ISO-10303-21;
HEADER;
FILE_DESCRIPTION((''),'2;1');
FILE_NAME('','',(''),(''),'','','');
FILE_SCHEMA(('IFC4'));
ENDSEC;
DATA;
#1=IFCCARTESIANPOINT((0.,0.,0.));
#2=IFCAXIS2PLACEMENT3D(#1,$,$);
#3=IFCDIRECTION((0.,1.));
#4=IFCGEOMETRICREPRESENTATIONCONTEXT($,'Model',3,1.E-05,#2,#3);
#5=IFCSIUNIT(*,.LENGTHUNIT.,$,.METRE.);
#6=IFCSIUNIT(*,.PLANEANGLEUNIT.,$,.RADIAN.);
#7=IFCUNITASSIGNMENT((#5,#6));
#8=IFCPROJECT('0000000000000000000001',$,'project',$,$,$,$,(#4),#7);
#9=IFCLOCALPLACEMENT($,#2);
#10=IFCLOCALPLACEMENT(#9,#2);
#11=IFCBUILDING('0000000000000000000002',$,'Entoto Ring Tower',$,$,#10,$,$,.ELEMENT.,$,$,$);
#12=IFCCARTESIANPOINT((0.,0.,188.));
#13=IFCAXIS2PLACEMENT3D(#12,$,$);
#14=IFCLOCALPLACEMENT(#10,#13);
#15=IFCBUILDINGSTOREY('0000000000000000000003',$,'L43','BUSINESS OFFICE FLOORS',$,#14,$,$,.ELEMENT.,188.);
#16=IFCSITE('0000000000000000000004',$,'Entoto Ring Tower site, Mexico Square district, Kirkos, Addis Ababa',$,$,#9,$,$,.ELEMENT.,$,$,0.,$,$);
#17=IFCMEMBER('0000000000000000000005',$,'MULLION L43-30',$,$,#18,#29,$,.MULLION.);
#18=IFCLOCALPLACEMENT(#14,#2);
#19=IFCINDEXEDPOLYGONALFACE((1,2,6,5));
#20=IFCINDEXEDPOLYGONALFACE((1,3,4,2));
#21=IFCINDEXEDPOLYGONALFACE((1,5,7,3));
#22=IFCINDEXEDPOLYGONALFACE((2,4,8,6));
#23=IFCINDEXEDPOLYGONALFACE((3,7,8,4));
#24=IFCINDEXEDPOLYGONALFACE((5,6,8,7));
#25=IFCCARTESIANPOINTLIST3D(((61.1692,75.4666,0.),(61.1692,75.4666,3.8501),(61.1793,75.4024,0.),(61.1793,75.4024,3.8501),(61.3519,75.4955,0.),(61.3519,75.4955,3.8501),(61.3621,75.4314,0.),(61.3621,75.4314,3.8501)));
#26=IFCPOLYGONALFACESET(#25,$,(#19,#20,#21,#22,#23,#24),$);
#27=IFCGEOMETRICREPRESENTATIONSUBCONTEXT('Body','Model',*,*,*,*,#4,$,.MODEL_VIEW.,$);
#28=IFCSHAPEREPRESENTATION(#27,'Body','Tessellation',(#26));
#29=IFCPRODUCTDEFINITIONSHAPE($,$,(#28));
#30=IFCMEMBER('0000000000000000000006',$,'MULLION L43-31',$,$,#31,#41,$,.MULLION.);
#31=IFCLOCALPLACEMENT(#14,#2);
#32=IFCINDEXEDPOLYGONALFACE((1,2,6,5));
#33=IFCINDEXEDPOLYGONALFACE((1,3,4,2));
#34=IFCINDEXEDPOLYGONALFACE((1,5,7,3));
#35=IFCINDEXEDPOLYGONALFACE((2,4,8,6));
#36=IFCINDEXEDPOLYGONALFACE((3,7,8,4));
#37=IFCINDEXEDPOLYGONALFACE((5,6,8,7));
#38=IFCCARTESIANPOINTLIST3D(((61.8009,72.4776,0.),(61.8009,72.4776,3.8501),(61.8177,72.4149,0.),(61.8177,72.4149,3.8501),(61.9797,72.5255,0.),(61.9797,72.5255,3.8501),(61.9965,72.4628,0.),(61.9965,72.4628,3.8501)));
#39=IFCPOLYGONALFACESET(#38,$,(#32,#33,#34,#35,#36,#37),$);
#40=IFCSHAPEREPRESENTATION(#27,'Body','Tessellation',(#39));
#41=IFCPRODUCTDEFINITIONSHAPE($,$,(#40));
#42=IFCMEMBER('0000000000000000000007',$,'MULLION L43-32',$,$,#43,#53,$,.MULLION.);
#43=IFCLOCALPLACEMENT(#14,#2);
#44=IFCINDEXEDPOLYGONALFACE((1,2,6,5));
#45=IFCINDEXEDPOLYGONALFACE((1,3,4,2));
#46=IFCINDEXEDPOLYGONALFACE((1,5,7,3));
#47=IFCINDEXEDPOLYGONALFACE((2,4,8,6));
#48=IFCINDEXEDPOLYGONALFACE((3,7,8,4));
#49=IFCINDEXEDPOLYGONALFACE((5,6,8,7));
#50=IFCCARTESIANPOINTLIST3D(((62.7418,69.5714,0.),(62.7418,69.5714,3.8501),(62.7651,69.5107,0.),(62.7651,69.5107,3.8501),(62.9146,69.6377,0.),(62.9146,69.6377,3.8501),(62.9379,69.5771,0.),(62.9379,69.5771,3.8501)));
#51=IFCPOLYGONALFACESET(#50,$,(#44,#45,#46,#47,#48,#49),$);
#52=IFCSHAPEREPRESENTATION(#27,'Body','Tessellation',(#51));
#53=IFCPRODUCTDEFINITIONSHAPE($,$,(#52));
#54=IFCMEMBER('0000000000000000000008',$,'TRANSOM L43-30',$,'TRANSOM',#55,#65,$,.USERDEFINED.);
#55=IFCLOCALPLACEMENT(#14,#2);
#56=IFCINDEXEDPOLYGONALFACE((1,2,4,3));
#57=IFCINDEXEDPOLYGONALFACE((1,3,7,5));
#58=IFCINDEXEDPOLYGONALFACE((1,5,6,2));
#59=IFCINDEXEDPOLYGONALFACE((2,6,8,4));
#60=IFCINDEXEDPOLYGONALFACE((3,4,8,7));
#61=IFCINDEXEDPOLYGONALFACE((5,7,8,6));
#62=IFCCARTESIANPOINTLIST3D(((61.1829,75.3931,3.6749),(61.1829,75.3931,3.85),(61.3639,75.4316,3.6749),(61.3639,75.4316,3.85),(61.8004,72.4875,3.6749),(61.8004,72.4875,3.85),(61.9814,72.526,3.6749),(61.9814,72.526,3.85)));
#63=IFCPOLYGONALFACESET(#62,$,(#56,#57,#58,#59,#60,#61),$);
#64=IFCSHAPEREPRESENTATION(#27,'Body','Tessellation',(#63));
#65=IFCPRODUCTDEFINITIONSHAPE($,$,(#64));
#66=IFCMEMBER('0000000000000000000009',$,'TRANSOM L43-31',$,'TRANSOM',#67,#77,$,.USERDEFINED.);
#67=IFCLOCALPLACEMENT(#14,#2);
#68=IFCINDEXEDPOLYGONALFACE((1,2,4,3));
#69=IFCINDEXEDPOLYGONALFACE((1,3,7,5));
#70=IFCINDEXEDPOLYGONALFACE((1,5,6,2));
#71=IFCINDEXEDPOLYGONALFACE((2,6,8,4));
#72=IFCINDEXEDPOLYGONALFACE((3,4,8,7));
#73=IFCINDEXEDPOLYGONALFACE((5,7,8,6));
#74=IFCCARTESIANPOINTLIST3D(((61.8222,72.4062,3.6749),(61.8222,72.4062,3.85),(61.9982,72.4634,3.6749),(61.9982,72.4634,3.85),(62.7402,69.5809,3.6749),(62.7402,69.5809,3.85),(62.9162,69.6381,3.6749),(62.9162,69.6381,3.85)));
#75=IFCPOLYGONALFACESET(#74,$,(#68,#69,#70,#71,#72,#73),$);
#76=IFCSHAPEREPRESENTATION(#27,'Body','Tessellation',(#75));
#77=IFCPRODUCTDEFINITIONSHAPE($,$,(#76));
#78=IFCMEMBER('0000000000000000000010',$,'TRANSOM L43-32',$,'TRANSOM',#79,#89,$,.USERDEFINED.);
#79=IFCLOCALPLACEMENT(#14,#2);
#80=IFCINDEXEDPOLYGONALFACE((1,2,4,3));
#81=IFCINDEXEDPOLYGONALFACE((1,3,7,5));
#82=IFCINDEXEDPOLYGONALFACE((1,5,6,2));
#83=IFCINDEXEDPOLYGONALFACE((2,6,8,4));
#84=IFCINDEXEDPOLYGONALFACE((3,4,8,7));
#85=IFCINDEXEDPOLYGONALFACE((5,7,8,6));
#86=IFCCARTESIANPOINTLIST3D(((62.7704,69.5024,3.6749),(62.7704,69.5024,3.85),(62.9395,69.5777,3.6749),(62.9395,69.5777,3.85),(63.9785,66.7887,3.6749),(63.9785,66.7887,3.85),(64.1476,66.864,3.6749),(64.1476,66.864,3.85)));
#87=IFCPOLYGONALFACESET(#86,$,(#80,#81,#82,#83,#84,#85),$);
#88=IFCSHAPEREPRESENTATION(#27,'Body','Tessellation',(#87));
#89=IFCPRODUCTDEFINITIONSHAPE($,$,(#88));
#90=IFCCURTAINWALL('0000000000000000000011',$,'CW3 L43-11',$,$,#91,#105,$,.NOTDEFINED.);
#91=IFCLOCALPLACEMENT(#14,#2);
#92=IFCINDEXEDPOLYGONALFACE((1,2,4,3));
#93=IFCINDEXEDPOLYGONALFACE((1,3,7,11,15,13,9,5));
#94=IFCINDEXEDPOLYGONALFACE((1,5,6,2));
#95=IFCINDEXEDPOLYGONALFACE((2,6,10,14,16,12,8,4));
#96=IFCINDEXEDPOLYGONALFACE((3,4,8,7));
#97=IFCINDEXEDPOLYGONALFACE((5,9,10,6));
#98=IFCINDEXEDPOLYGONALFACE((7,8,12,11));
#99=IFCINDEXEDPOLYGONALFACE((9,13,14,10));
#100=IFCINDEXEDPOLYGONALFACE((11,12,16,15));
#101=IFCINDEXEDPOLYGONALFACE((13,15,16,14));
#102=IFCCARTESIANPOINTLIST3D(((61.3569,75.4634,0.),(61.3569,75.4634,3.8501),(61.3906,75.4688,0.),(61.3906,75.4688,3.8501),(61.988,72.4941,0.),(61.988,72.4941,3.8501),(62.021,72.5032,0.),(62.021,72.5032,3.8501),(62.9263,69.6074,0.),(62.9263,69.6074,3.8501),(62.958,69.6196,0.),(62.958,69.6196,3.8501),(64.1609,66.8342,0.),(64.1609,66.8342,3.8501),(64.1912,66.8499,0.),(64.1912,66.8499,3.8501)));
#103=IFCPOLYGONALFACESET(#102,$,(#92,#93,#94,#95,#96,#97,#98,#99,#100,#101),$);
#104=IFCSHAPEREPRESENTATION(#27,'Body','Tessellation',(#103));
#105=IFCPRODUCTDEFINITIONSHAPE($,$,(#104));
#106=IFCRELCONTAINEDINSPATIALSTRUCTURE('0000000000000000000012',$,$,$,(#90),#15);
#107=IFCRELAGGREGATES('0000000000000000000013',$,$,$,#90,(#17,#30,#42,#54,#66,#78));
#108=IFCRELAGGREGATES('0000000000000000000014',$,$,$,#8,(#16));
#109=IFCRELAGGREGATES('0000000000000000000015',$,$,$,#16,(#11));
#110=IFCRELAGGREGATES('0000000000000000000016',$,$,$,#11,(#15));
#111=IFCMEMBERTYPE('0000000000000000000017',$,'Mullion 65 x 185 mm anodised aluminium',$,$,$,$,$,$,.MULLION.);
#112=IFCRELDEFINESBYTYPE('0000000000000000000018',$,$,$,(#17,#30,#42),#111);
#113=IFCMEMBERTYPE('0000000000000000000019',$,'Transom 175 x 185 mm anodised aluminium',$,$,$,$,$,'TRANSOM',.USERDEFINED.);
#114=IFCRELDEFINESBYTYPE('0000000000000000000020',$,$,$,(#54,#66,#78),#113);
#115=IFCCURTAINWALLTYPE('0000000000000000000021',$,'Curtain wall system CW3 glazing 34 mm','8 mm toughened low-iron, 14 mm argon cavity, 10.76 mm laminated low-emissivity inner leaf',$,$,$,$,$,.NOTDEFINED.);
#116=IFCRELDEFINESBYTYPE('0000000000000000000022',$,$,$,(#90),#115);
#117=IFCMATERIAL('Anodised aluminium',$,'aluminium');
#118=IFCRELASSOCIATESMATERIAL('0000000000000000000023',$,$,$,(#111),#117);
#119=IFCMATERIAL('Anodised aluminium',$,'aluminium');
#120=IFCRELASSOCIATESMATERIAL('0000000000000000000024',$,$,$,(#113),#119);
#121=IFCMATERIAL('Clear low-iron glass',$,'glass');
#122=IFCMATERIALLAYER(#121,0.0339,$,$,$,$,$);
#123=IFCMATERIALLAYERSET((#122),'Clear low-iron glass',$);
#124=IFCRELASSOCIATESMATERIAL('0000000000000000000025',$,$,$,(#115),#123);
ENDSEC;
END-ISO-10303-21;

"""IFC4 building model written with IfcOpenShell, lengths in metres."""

from ifc_helpers import new_model, si_unit, direction, frame, origin, origin_2d, place, context, subcontext, project, spatial, polyline, rectangle, outline, extrude, material, layer, layer_set, material_profile, profile_set, type_object, element, aggregate, save


model = new_model("IFC4")

# Units and contexts
model_context = context("Model", 3, precision=1e-05, world=origin(), true_north=direction((0.0, 1.0)))
body_context = subcontext(model_context, "Body", "Model", "MODEL_VIEW")
ifc_project = project(units=[si_unit("LENGTHUNIT", "METRE"), si_unit("PLANEANGLEUNIT", "RADIAN")], contexts=[model_context])

# Members
ifc_material_1 = material(Name="Anodised aluminium", Category="aluminium")
ifc_material_profile_1 = material_profile(ifc_material_1, rectangle(XDim=0.0649, YDim=0.1851, at=origin_2d()), Name="Mullion 65 x 185 mm anodised aluminium")
ifc_profile_set_1 = profile_set([ifc_material_profile_1], Name="Anodised aluminium")
member_type_1 = type_object("IfcMemberType", Name="Mullion 65 x 185 mm anodised aluminium", PredefinedType="MULLION", material=ifc_profile_set_1)
site_placement = place(None, origin())
building_placement = place(site_placement, origin())
storey_placement = place(building_placement, frame((0.0, 0.0, 188.0)))
member_1_placement = place(storey_placement, frame((61.2656, 75.449, 0.0), z_axis=(0.0, 0.0, 1.0), x_axis=(0.156434, -0.987688, 0.0)))
member_1 = element("IfcMember", 1, at=member_1_placement, type_object=member_type_1, Name="MULLION L43-30", PredefinedType="MULLION", context=body_context, shape_type="SweptSolid", body=[
    extrude(rectangle(XDim=0.0649, YDim=0.1851, at=origin_2d()), origin(), (0.0, 0.0, 1.0), 3.8501),
])
member_2_placement = place(storey_placement, frame((61.8987, 72.4702, 0.0), z_axis=(0.0, 0.0, 1.0), x_axis=(0.258819, -0.965926, 0.0)))
member_2 = element("IfcMember", 2, at=member_2_placement, type_object=member_type_1, Name="MULLION L43-31", PredefinedType="MULLION", context=body_context, shape_type="SweptSolid", body=[
    extrude(rectangle(XDim=0.0649, YDim=0.1851, at=origin_2d()), origin(), (0.0, 0.0, 1.0), 3.8501),
])
member_3_placement = place(storey_placement, frame((62.8398, 69.5742, 0.0), z_axis=(0.0, 0.0, 1.0), x_axis=(0.358368, -0.93358, 0.0)))
member_3 = element("IfcMember", 3, at=member_3_placement, type_object=member_type_1, Name="MULLION L43-32", PredefinedType="MULLION", context=body_context, shape_type="SweptSolid", body=[
    extrude(rectangle(XDim=0.0649, YDim=0.1851, at=origin_2d()), origin(), (0.0, 0.0, 1.0), 3.8501),
])
ifc_material_2 = material(Name="Anodised aluminium", Category="aluminium")
ifc_material_profile_2 = material_profile(ifc_material_2, rectangle(XDim=0.1851, YDim=0.175, at=origin_2d()), Name="Transom 175 x 185 mm anodised aluminium")
ifc_profile_set_2 = profile_set([ifc_material_profile_2], Name="Anodised aluminium")
member_type_2 = type_object("IfcMemberType", Name="Transom 175 x 185 mm anodised aluminium", ElementType="TRANSOM", PredefinedType="USERDEFINED", material=ifc_profile_set_2)
member_4_placement = place(storey_placement, frame((61.2734, 75.4124, 3.7625), z_axis=(0.207862, -0.978158, 0.0), x_axis=(0.978158, 0.207862, 0.0)))
member_4 = element("IfcMember", 4, at=member_4_placement, type_object=member_type_2, Name="TRANSOM L43-30", ObjectType="TRANSOM", PredefinedType="USERDEFINED", context=body_context, shape_type="SweptSolid", body=[
    extrude(rectangle(XDim=0.1851, YDim=0.175, at=origin_2d()), origin(), (0.0, 0.0, 1.0), 2.9705),
])
member_5_placement = place(storey_placement, frame((61.9102, 72.4348, 3.7625), z_axis=(0.309019, -0.951056, 0.0), x_axis=(0.951056, 0.309019, 0.0)))
member_5 = element("IfcMember", 5, at=member_5_placement, type_object=member_type_2, Name="TRANSOM L43-31", ObjectType="TRANSOM", PredefinedType="USERDEFINED", context=body_context, shape_type="SweptSolid", body=[
    extrude(rectangle(XDim=0.1851, YDim=0.175, at=origin_2d()), origin(), (0.0, 0.0, 1.0), 2.9707),
])
member_6_placement = place(storey_placement, frame((62.855, 69.54, 3.7625), z_axis=(0.406687, -0.913567, 0.0), x_axis=(0.913567, 0.406687, 0.0)))
member_6 = element("IfcMember", 6, at=member_6_placement, type_object=member_type_2, Name="TRANSOM L43-32", ObjectType="TRANSOM", PredefinedType="USERDEFINED", context=body_context, shape_type="SweptSolid", body=[
    extrude(rectangle(XDim=0.1851, YDim=0.175, at=origin_2d()), origin(), (0.0, 0.0, 1.0), 2.9705),
])

# Site, building, storey
site = spatial("IfcSite", under=ifc_project, at=site_placement, Name="Entoto Ring Tower site, Mexico Square district, Kirkos, Addis Ababa", CompositionType="ELEMENT", RefElevation=0.0)
building = spatial("IfcBuilding", under=site, at=building_placement, Name="Entoto Ring Tower", CompositionType="ELEMENT")
storey = spatial("IfcBuildingStorey", under=building, at=storey_placement, Name="L43", Description="BUSINESS OFFICE FLOORS", CompositionType="ELEMENT", Elevation=188.0)

# Curtain wall
ifc_material_3 = material(Name="Clear low-iron glass", Category="glass")
ifc_layer = layer(ifc_material_3, 0.0339)
ifc_layer_set = layer_set([ifc_layer], Name="Clear low-iron glass")
curtain_wall_type = type_object("IfcCurtainWallType", Name="Curtain wall system CW3 glazing 34 mm", Description="8 mm toughened low-iron, 14 mm argon cavity, 10.76 mm laminated low-emissivity inner leaf", PredefinedType="NOTDEFINED", material=ifc_layer_set)
curtain_wall_1_placement = place(storey_placement, origin())
curtain_wall_1 = element("IfcCurtainWall", 7, at=curtain_wall_1_placement, inside=storey, type_object=curtain_wall_type, Name="CW3 L43-11", PredefinedType="NOTDEFINED", context=body_context, shape_type="SweptSolid", body=[
    extrude(outline(polyline([(61.3569, 75.4634), (61.988, 72.4941), (62.9263, 69.6074), (64.1609, 66.8342), (64.1912, 66.8499), (62.958, 69.6196), (62.021, 72.5032), (61.3906, 75.4688), (61.3569, 75.4634)])), origin(), (0.0, 0.0, 1.0), 3.8501),
])
aggregate(curtain_wall_1, [member_1, member_2, member_3, member_4, member_5, member_6])

save(model, "model.ifc")
